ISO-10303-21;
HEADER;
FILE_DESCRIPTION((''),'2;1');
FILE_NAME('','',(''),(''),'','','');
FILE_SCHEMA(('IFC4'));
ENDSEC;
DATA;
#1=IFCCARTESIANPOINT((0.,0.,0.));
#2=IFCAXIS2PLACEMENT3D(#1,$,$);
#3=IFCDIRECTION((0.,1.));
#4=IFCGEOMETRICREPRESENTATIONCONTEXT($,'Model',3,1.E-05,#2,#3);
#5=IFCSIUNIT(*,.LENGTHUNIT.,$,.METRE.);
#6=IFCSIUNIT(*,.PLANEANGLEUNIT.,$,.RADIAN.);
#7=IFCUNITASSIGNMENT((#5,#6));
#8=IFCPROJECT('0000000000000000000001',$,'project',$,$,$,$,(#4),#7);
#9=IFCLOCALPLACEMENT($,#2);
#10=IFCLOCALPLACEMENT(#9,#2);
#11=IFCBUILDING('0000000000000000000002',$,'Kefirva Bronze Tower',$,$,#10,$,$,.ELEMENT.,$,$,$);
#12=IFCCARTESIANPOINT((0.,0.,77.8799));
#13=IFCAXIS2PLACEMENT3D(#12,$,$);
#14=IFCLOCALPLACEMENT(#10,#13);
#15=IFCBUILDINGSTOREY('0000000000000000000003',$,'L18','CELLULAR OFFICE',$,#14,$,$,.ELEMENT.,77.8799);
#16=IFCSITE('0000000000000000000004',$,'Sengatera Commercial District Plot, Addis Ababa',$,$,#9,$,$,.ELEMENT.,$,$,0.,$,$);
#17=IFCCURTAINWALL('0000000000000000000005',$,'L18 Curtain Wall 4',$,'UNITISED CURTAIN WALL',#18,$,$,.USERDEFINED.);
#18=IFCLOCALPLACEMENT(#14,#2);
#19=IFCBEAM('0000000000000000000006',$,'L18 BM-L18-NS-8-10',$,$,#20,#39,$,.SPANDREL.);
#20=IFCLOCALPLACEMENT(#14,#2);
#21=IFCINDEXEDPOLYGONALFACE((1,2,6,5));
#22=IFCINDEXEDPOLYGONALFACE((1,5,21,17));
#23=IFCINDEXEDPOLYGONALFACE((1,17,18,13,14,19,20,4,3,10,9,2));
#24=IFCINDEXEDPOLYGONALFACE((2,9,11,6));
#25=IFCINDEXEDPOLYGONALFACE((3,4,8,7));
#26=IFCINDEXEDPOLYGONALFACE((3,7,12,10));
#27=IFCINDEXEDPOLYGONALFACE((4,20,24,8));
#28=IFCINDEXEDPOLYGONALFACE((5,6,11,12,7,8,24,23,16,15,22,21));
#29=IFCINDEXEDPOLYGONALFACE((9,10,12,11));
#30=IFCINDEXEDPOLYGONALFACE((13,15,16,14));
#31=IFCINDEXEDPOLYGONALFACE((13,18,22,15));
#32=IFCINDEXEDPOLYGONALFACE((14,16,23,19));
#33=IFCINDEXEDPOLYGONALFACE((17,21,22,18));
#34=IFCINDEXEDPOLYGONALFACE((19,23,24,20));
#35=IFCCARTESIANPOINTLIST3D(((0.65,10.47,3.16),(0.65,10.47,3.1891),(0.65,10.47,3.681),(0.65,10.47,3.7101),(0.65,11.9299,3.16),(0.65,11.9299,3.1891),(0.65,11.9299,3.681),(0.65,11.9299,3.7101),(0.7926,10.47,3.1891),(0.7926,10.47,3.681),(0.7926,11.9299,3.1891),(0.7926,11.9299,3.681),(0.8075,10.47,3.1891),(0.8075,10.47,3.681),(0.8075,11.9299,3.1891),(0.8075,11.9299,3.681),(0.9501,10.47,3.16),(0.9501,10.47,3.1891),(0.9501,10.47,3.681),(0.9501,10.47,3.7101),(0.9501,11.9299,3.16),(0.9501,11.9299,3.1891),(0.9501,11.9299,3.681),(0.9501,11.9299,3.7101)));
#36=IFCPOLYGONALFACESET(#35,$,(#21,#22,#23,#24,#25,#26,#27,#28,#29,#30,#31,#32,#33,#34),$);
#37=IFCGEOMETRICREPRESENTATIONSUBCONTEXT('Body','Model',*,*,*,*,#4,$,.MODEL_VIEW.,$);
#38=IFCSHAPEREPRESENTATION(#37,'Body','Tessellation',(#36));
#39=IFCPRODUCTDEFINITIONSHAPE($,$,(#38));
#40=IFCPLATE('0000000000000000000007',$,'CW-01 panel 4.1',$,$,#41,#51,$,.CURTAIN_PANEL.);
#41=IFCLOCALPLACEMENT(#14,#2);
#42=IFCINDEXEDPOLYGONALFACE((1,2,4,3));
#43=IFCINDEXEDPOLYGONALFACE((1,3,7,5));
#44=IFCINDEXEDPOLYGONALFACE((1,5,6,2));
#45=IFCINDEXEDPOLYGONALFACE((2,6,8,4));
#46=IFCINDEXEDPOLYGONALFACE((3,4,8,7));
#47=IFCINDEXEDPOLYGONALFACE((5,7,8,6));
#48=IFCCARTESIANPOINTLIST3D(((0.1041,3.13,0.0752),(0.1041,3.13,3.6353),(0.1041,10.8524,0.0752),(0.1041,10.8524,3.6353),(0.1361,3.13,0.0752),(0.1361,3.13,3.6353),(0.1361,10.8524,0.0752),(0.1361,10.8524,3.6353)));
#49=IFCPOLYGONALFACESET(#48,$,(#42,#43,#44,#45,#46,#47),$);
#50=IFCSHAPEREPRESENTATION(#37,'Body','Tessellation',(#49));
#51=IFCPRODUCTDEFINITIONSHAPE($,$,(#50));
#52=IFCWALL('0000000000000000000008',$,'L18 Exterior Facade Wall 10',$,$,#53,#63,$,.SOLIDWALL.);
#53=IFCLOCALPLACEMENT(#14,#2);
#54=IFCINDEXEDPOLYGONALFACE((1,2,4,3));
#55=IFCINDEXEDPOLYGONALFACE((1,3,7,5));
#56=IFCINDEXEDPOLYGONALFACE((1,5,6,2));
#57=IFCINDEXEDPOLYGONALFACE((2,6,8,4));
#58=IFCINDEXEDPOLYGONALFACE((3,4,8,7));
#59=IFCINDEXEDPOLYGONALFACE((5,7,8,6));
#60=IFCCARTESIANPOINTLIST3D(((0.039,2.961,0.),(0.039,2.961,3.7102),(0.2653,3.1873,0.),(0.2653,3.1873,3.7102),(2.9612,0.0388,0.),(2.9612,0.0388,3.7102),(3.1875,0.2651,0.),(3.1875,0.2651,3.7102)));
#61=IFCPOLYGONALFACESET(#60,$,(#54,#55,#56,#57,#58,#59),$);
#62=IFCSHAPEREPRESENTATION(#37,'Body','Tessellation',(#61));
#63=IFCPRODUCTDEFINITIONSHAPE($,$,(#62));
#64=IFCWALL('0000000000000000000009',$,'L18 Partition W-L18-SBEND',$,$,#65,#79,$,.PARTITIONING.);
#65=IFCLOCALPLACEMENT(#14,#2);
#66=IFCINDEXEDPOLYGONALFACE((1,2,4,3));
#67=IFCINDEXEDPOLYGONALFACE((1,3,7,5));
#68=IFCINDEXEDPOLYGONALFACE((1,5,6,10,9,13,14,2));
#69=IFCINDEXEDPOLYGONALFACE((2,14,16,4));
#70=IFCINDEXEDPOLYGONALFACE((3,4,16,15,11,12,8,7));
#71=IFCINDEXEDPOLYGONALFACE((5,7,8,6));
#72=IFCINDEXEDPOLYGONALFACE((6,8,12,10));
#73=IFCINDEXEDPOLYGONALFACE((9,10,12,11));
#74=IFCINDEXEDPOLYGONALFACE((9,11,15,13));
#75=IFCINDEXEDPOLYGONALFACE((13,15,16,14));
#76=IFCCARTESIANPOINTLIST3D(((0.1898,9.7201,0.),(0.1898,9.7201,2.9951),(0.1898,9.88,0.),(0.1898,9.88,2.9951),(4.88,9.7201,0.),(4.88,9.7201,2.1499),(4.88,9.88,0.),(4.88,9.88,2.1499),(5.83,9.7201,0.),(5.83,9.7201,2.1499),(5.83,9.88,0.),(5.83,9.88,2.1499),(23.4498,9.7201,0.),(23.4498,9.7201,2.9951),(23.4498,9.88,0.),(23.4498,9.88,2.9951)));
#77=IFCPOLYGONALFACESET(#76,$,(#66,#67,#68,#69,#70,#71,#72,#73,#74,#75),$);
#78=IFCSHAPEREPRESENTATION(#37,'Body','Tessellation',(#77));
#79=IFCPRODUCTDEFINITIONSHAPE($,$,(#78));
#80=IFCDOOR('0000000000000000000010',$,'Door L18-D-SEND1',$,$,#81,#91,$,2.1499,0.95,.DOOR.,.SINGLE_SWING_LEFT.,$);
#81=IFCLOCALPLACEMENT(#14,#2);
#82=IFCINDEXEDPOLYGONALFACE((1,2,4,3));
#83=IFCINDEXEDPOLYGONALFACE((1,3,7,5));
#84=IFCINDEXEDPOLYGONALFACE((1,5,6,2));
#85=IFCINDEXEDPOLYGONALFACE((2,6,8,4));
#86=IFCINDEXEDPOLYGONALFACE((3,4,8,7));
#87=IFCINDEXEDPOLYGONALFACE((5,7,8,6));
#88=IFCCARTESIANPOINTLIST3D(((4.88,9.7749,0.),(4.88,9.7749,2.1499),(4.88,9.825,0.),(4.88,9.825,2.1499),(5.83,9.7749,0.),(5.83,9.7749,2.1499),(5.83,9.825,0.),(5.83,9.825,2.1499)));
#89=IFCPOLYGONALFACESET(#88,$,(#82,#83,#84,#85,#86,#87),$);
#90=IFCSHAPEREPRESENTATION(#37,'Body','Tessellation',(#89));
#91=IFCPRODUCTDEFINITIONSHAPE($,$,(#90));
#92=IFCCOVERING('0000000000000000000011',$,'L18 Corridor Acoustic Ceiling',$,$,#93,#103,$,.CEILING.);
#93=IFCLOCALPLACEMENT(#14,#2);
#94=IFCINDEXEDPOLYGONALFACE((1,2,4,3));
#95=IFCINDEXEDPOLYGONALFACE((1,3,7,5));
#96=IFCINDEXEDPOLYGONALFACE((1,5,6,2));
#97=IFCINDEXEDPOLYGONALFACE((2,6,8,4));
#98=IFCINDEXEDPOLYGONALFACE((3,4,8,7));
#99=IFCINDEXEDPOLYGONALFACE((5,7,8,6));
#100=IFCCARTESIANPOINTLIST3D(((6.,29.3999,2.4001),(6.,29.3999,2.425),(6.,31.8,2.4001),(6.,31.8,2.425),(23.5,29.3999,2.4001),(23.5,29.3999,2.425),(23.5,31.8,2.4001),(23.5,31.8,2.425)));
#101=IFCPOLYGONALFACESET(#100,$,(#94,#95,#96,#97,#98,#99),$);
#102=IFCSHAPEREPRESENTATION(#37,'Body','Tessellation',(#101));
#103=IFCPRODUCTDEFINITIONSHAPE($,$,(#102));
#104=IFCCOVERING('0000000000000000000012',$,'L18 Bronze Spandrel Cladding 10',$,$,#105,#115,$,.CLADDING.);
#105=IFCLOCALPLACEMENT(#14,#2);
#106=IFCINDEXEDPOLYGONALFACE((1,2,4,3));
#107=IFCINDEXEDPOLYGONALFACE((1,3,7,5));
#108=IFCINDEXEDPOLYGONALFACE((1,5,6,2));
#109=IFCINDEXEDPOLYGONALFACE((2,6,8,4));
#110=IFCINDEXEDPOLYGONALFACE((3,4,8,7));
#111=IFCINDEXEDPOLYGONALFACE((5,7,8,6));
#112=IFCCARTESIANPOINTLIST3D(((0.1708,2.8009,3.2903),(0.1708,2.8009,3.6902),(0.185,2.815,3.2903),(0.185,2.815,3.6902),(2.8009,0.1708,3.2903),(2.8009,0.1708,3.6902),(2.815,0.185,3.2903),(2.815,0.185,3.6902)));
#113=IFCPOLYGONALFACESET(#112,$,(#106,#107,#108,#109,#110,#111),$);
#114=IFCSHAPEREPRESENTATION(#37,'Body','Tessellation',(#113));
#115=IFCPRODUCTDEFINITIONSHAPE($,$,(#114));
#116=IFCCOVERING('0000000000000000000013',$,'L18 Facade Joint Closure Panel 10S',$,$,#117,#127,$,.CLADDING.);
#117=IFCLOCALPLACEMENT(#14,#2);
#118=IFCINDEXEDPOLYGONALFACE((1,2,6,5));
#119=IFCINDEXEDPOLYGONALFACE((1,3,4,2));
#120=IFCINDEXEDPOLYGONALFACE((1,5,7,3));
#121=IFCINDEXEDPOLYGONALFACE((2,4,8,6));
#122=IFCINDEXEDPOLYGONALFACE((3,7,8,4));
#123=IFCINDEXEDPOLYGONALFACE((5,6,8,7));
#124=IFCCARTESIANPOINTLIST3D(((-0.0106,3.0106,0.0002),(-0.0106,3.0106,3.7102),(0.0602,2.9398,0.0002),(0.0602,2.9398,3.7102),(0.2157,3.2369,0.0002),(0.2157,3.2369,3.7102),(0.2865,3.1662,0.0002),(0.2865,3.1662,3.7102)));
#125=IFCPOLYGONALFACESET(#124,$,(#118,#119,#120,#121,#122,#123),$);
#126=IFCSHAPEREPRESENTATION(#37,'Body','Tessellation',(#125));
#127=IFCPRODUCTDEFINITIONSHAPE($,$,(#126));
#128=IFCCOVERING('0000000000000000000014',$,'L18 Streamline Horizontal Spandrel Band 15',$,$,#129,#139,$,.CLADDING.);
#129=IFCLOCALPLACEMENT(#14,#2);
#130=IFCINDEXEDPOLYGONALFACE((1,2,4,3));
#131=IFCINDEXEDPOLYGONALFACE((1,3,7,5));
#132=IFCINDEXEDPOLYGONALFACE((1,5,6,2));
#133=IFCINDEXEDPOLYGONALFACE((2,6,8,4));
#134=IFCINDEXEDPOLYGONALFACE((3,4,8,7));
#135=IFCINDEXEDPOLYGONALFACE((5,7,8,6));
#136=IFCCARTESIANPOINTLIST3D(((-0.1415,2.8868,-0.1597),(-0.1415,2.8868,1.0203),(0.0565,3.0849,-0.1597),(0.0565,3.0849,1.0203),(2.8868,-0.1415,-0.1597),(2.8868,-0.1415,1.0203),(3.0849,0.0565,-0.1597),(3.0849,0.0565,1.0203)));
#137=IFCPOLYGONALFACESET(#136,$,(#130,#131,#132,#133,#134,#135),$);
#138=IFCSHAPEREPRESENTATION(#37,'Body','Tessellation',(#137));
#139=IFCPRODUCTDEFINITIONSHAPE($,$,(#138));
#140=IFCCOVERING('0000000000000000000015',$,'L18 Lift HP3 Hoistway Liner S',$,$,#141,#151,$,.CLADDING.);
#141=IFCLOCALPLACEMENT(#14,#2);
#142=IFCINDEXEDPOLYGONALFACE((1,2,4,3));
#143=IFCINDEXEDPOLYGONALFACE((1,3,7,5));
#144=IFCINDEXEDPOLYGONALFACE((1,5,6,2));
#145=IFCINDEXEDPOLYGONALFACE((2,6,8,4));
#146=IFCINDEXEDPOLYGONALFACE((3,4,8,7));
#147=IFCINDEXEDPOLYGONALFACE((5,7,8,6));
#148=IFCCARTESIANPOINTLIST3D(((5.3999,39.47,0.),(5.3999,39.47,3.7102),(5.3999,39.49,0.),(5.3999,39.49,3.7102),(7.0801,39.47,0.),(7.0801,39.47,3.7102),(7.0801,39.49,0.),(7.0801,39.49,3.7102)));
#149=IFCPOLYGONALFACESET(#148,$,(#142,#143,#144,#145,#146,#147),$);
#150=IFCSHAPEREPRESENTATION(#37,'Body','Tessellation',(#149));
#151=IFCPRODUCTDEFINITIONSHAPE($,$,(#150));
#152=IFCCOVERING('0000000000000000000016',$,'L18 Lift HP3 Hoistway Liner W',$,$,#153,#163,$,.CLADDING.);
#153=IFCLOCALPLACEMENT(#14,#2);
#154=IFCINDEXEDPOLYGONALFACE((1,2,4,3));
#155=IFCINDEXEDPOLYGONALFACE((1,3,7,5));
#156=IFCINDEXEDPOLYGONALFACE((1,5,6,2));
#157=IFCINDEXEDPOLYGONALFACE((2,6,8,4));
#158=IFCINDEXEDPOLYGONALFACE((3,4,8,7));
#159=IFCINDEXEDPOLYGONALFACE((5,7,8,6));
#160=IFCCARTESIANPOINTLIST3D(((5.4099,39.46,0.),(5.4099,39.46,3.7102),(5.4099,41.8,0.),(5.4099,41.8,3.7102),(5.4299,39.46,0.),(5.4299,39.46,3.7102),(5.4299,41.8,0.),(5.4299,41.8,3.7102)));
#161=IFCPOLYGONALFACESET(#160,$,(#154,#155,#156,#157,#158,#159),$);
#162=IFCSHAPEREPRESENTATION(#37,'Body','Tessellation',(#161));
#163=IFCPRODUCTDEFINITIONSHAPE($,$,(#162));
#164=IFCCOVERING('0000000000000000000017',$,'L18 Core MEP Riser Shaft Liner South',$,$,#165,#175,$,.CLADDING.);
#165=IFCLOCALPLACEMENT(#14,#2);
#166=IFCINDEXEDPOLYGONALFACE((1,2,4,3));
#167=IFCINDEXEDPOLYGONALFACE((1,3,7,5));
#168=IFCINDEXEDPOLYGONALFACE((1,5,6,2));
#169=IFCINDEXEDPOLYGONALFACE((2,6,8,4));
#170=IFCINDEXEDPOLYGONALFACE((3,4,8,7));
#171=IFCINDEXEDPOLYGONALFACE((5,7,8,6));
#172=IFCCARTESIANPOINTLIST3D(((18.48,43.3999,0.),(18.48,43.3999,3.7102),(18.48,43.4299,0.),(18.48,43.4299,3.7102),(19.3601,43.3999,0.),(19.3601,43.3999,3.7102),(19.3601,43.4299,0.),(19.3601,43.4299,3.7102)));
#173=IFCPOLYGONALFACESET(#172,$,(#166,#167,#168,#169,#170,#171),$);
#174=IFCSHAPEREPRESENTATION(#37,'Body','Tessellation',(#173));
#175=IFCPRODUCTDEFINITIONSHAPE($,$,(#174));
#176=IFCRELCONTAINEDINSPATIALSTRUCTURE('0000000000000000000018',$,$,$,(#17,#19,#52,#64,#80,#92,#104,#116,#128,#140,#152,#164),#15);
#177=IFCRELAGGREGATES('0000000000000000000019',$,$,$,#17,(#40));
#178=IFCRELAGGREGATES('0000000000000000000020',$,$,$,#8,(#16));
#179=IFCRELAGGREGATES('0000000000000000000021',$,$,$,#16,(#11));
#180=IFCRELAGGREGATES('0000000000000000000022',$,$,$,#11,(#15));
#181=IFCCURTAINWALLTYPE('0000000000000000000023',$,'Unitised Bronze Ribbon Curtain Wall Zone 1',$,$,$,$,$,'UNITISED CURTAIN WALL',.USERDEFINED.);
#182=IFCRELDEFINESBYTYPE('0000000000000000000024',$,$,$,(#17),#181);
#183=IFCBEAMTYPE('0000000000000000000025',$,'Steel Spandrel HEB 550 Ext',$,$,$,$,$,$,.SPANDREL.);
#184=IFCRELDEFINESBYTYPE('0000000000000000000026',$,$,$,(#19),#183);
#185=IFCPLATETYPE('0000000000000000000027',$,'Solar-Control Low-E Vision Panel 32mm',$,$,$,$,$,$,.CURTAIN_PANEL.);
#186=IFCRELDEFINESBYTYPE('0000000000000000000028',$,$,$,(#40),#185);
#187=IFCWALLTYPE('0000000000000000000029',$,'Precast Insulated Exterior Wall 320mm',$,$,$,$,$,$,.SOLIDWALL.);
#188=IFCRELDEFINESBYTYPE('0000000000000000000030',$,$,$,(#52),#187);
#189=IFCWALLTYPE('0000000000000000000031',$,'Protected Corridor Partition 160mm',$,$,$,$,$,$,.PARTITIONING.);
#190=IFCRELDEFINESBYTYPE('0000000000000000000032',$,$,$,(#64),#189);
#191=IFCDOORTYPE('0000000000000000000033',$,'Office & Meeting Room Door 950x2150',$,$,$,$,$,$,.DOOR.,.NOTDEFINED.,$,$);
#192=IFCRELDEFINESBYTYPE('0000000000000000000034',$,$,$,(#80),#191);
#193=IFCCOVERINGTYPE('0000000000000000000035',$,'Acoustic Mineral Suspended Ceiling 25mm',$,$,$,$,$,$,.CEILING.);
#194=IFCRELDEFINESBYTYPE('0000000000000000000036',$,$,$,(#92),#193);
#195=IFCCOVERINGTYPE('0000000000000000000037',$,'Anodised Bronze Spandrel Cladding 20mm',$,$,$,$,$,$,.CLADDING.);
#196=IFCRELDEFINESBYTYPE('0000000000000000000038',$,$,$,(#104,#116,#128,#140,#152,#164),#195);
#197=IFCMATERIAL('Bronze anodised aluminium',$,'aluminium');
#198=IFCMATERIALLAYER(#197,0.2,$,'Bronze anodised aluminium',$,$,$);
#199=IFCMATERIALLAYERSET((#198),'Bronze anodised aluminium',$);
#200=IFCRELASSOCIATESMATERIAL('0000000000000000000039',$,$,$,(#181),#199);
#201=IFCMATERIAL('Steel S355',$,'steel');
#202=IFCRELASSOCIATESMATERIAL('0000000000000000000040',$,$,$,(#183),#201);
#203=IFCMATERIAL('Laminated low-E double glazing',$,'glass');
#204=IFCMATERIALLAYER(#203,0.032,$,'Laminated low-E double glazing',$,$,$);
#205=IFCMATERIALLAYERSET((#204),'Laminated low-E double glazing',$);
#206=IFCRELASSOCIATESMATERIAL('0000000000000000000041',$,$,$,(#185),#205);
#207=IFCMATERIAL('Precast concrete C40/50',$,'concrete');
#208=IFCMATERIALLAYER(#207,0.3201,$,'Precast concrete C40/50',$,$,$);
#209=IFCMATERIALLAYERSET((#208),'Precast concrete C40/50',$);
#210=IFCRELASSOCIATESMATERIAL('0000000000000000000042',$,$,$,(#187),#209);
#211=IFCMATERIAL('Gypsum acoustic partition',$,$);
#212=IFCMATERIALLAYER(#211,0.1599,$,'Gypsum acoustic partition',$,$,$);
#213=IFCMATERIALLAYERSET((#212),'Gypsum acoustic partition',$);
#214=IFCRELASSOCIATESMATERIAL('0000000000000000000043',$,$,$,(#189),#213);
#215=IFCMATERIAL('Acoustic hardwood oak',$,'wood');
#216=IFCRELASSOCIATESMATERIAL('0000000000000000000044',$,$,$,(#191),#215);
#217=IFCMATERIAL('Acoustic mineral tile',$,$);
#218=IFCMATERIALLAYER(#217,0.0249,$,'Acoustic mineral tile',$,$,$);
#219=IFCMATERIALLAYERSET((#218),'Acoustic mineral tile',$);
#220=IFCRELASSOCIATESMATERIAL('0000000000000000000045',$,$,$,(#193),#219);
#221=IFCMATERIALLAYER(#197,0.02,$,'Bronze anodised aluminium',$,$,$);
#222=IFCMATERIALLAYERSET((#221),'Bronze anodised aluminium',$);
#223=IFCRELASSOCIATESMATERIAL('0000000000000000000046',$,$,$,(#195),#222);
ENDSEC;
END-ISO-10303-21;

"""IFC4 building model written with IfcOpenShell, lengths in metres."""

from ifc_helpers import new_model, si_unit, direction, frame, frame_2d, origin, origin_2d, place, context, subcontext, project, spatial, polyline, rectangle, i_section, outline, extrude, material, layer, layer_set, material_profile, profile_set, type_object, element, fill, aggregate, save


model = new_model("IFC4")

# Units and contexts
model_context = context("Model", 3, precision=1e-05, world=origin(), true_north=direction((0.0, 1.0)))
body_context = subcontext(model_context, "Body", "Model", "MODEL_VIEW")
ifc_project = project(units=[si_unit("LENGTHUNIT", "METRE"), si_unit("PLANEANGLEUNIT", "RADIAN")], contexts=[model_context])

# Site, building, storey
site_placement = place(None, origin())
site = spatial("IfcSite", under=ifc_project, at=site_placement, Name="Sengatera Commercial District Plot, Addis Ababa", CompositionType="ELEMENT", RefElevation=0.0)
building_placement = place(site_placement, origin())
building = spatial("IfcBuilding", under=site, at=building_placement, Name="Kefirva Bronze Tower", CompositionType="ELEMENT")
storey_placement = place(building_placement, frame((0.0, 0.0, 77.8799)))
storey = spatial("IfcBuildingStorey", under=building, at=storey_placement, Name="L18", Description="CELLULAR OFFICE", CompositionType="ELEMENT", Elevation=77.8799)

# Curtain wall
ifc_material_1 = material(Name="Bronze anodised aluminium", Category="aluminium")
ifc_layer_1 = layer(ifc_material_1, 0.2, Name="Bronze anodised aluminium")
ifc_layer_set_1 = layer_set([ifc_layer_1], Name="Bronze anodised aluminium")
curtain_wall_type = type_object("IfcCurtainWallType", Name="Unitised Bronze Ribbon Curtain Wall Zone 1", ElementType="UNITISED CURTAIN WALL", PredefinedType="USERDEFINED", material=ifc_layer_set_1)
curtain_wall_placement = place(storey_placement, origin())
curtain_wall = element("IfcCurtainWall", 1, at=curtain_wall_placement, inside=storey, type_object=curtain_wall_type, Name="L18 Curtain Wall 4", ObjectType="UNITISED CURTAIN WALL", PredefinedType="USERDEFINED")

# Beam
ifc_material_2 = material(Name="Steel S355", Category="steel")
ifc_material_profile_1 = material_profile(ifc_material_2, i_section(OverallWidth=0.3, OverallDepth=0.55, WebThickness=0.0149, FlangeThickness=0.0291, at=origin_2d()), Name="HEB 550")
ifc_profile_set_1 = profile_set([ifc_material_profile_1], Name="Steel S355")
beam_type_1 = type_object("IfcBeamType", Name="Steel Spandrel HEB 550 Ext", PredefinedType="SPANDREL", material=ifc_profile_set_1)
beam_1_placement = place(storey_placement, frame((0.8, 10.47, 3.4351), z_axis=(0.0, 1.0, 0.0), x_axis=(-1.0, 0.0, 0.0)))
element("IfcBeam", 2, at=beam_1_placement, inside=storey, type_object=beam_type_1, Name="L18 BM-L18-NS-8-10", PredefinedType="SPANDREL", context=body_context, shape_type="SweptSolid", body=[
    extrude(i_section(OverallWidth=0.3, OverallDepth=0.55, WebThickness=0.0149, FlangeThickness=0.0291, at=origin_2d()), origin(), (0.0, 0.0, 1.0), 1.46),
])

# Plate
ifc_material_3 = material(Name="Laminated low-E double glazing", Category="glass")
ifc_layer_2 = layer(ifc_material_3, 0.032, Name="Laminated low-E double glazing")
ifc_layer_set_2 = layer_set([ifc_layer_2], Name="Laminated low-E double glazing")
plate_type = type_object("IfcPlateType", Name="Solar-Control Low-E Vision Panel 32mm", PredefinedType="CURTAIN_PANEL", material=ifc_layer_set_2)
plate_placement = place(storey_placement, frame((0.1201, 6.9912, 0.0752), z_axis=(0.0, 0.0, 1.0), x_axis=(0.0, -1.0, 0.0)))
plate = element("IfcPlate", 3, at=plate_placement, type_object=plate_type, Name="CW-01 panel 4.1", PredefinedType="CURTAIN_PANEL", context=body_context, shape_type="SweptSolid", body=[
    extrude(rectangle(XDim=7.7224, YDim=0.032, at=origin_2d()), origin(), (0.0, 0.0, 1.0), 3.5601),
])
aggregate(curtain_wall, [plate])

# Wall
ifc_material_4 = material(Name="Precast concrete C40/50", Category="concrete")
ifc_layer_3 = layer(ifc_material_4, 0.3201, Name="Precast concrete C40/50")
ifc_layer_set_3 = layer_set([ifc_layer_3], Name="Precast concrete C40/50")
wall_type_1 = type_object("IfcWallType", Name="Precast Insulated Exterior Wall 320mm", PredefinedType="SOLIDWALL", material=ifc_layer_set_3)
wall_1_placement = place(storey_placement, frame((0.1521, 3.0742, 0.0), z_axis=(0.0, 0.0, 1.0), x_axis=(0.707107, -0.707107, 0.0)))
element("IfcWall", 4, at=wall_1_placement, inside=storey, type_object=wall_type_1, Name="L18 Exterior Facade Wall 10", PredefinedType="SOLIDWALL", context=body_context, shape_type="SweptSolid", body=[
    extrude(rectangle(XDim=4.1326, YDim=0.3201, at=frame_2d((2.0664, 0.0))), origin(), (0.0, 0.0, 1.0), 3.7102),
])

# Wall, opening, door
ifc_material_5 = material(Name="Gypsum acoustic partition")
ifc_layer_4 = layer(ifc_material_5, 0.1599, Name="Gypsum acoustic partition")
ifc_layer_set_4 = layer_set([ifc_layer_4], Name="Gypsum acoustic partition")
wall_type_2 = type_object("IfcWallType", Name="Protected Corridor Partition 160mm", PredefinedType="PARTITIONING", material=ifc_layer_set_4)
wall_2_placement = place(storey_placement, frame((0.1899, 9.8, 0.0), z_axis=(0.0, 0.0, 1.0), x_axis=(1.0, 0.0, 0.0)))
wall_2 = element("IfcWall", 5, at=wall_2_placement, inside=storey, type_object=wall_type_2, Name="L18 Partition W-L18-SBEND", PredefinedType="PARTITIONING", context=body_context, shape_type="SweptSolid", body=[
    extrude(rectangle(XDim=23.26, YDim=0.1599, at=frame_2d((11.6299, 0.0))), origin(), (0.0, 0.0, 1.0), 2.9951),
])
opening_placement = place(wall_2_placement, frame((4.6899, 0.0, 0.0)))
opening = element("IfcOpeningElement", 6, at=opening_placement, cuts=wall_2, PredefinedType="OPENING", context=body_context, shape_type="SweptSolid", body=[
    extrude(rectangle(XDim=0.95, YDim=2.1499, at=frame_2d((0.4751, 1.075))), frame((0.0, 0.0898, 0.0), z_axis=(0.0, -1.0, 0.0), x_axis=(1.0, 0.0, 0.0)), (0.0, 0.0, 1.0), 0.1799),
])
ifc_material_6 = material(Name="Acoustic hardwood oak", Category="wood")
door_type = type_object("IfcDoorType", Name="Office & Meeting Room Door 950x2150", OperationType="NOTDEFINED", PredefinedType="DOOR", material=ifc_material_6)
door_placement = place(opening_placement, origin())
door = element("IfcDoor", 7, at=door_placement, inside=storey, type_object=door_type, Name="Door L18-D-SEND1", OperationType="SINGLE_SWING_LEFT", OverallHeight=2.1499, OverallWidth=0.95, PredefinedType="DOOR", context=body_context, shape_type="SweptSolid", body=[
    extrude(rectangle(XDim=0.95, YDim=2.1499, at=frame_2d((0.4751, 1.075))), frame((0.0, 0.0249, 0.0), z_axis=(0.0, -1.0, 0.0), x_axis=(1.0, 0.0, 0.0)), (0.0, 0.0, 1.0), 0.05),
])
fill(opening, door)

# Coverings
ifc_material_7 = material(Name="Acoustic mineral tile")
ifc_layer_5 = layer(ifc_material_7, 0.0249, Name="Acoustic mineral tile")
ifc_layer_set_5 = layer_set([ifc_layer_5], Name="Acoustic mineral tile")
covering_type_1 = type_object("IfcCoveringType", Name="Acoustic Mineral Suspended Ceiling 25mm", PredefinedType="CEILING", material=ifc_layer_set_5)
covering_1_placement = place(storey_placement, frame((0.0, 0.0, 2.4001)))
element("IfcCovering", 8, at=covering_1_placement, inside=storey, type_object=covering_type_1, Name="L18 Corridor Acoustic Ceiling", PredefinedType="CEILING", context=body_context, shape_type="SweptSolid", body=[
    extrude(outline(polyline([(6.0, 29.3999), (23.5, 29.3999), (23.5, 31.8), (6.0, 31.8), (6.0, 29.3999)])), origin(), (0.0, 0.0, 1.0), 0.0249),
])
ifc_layer_6 = layer(ifc_material_1, 0.02, Name="Bronze anodised aluminium")
ifc_layer_set_6 = layer_set([ifc_layer_6], Name="Bronze anodised aluminium")
covering_type_2 = type_object("IfcCoveringType", Name="Anodised Bronze Spandrel Cladding 20mm", PredefinedType="CLADDING", material=ifc_layer_set_6)
covering_2_placement = place(storey_placement, frame((1.4929, 1.4929, 3.2903), z_axis=(0.0, 0.0, 1.0), x_axis=(0.707107, -0.707107, 0.0)))
element("IfcCovering", 9, at=covering_2_placement, inside=storey, type_object=covering_type_2, Name="L18 Bronze Spandrel Cladding 10", PredefinedType="CLADDING", context=body_context, shape_type="SweptSolid", body=[
    extrude(rectangle(XDim=3.7195, YDim=0.02, at=origin_2d()), origin(), (0.0, 0.0, 1.0), 0.3999),
])
covering_3_placement = place(storey_placement, frame((0.1379, 3.0884, 0.0002), z_axis=(0.0, 0.0, 1.0), x_axis=(0.707107, -0.707107, 0.0)))
element("IfcCovering", 10, at=covering_3_placement, inside=storey, type_object=covering_type_2, Name="L18 Facade Joint Closure Panel 10S", PredefinedType="CLADDING", context=body_context, shape_type="SweptSolid", body=[
    extrude(rectangle(XDim=0.1001, YDim=0.3201, at=origin_2d()), origin(), (0.0, 0.0, 1.0), 3.71),
])
covering_4_placement = place(storey_placement, frame((1.4717, 1.4717, -0.1597), z_axis=(0.0, 0.0, 1.0), x_axis=(0.707107, -0.707107, 0.0)))
element("IfcCovering", 11, at=covering_4_placement, inside=storey, type_object=covering_type_2, Name="L18 Streamline Horizontal Spandrel Band 15", PredefinedType="CLADDING", context=body_context, shape_type="SweptSolid", body=[
    extrude(rectangle(XDim=4.2827, YDim=0.28, at=origin_2d()), origin(), (0.0, 0.0, 1.0), 1.1799),
])
covering_5_placement = place(storey_placement, origin())
element("IfcCovering", 12, at=covering_5_placement, inside=storey, type_object=covering_type_2, Name="L18 Lift HP3 Hoistway Liner S", PredefinedType="CLADDING", context=body_context, shape_type="SweptSolid", body=[
    extrude(outline(polyline([(5.3999, 39.47), (7.0801, 39.47), (7.0801, 39.49), (5.3999, 39.49), (5.3999, 39.47)])), origin(), (0.0, 0.0, 1.0), 3.7102),
])
covering_6_placement = place(storey_placement, origin())
element("IfcCovering", 13, at=covering_6_placement, inside=storey, type_object=covering_type_2, Name="L18 Lift HP3 Hoistway Liner W", PredefinedType="CLADDING", context=body_context, shape_type="SweptSolid", body=[
    extrude(outline(polyline([(5.4099, 39.46), (5.4299, 39.46), (5.4299, 41.8), (5.4099, 41.8), (5.4099, 39.46)])), origin(), (0.0, 0.0, 1.0), 3.7102),
])
covering_7_placement = place(storey_placement, origin())
element("IfcCovering", 14, at=covering_7_placement, inside=storey, type_object=covering_type_2, Name="L18 Core MEP Riser Shaft Liner South", PredefinedType="CLADDING", context=body_context, shape_type="SweptSolid", body=[
    extrude(outline(polyline([(18.48, 43.3999), (19.3601, 43.3999), (19.3601, 43.4299), (18.48, 43.4299), (18.48, 43.3999)])), origin(), (0.0, 0.0, 1.0), 3.7102),
])

save(model, "model.ifc")
